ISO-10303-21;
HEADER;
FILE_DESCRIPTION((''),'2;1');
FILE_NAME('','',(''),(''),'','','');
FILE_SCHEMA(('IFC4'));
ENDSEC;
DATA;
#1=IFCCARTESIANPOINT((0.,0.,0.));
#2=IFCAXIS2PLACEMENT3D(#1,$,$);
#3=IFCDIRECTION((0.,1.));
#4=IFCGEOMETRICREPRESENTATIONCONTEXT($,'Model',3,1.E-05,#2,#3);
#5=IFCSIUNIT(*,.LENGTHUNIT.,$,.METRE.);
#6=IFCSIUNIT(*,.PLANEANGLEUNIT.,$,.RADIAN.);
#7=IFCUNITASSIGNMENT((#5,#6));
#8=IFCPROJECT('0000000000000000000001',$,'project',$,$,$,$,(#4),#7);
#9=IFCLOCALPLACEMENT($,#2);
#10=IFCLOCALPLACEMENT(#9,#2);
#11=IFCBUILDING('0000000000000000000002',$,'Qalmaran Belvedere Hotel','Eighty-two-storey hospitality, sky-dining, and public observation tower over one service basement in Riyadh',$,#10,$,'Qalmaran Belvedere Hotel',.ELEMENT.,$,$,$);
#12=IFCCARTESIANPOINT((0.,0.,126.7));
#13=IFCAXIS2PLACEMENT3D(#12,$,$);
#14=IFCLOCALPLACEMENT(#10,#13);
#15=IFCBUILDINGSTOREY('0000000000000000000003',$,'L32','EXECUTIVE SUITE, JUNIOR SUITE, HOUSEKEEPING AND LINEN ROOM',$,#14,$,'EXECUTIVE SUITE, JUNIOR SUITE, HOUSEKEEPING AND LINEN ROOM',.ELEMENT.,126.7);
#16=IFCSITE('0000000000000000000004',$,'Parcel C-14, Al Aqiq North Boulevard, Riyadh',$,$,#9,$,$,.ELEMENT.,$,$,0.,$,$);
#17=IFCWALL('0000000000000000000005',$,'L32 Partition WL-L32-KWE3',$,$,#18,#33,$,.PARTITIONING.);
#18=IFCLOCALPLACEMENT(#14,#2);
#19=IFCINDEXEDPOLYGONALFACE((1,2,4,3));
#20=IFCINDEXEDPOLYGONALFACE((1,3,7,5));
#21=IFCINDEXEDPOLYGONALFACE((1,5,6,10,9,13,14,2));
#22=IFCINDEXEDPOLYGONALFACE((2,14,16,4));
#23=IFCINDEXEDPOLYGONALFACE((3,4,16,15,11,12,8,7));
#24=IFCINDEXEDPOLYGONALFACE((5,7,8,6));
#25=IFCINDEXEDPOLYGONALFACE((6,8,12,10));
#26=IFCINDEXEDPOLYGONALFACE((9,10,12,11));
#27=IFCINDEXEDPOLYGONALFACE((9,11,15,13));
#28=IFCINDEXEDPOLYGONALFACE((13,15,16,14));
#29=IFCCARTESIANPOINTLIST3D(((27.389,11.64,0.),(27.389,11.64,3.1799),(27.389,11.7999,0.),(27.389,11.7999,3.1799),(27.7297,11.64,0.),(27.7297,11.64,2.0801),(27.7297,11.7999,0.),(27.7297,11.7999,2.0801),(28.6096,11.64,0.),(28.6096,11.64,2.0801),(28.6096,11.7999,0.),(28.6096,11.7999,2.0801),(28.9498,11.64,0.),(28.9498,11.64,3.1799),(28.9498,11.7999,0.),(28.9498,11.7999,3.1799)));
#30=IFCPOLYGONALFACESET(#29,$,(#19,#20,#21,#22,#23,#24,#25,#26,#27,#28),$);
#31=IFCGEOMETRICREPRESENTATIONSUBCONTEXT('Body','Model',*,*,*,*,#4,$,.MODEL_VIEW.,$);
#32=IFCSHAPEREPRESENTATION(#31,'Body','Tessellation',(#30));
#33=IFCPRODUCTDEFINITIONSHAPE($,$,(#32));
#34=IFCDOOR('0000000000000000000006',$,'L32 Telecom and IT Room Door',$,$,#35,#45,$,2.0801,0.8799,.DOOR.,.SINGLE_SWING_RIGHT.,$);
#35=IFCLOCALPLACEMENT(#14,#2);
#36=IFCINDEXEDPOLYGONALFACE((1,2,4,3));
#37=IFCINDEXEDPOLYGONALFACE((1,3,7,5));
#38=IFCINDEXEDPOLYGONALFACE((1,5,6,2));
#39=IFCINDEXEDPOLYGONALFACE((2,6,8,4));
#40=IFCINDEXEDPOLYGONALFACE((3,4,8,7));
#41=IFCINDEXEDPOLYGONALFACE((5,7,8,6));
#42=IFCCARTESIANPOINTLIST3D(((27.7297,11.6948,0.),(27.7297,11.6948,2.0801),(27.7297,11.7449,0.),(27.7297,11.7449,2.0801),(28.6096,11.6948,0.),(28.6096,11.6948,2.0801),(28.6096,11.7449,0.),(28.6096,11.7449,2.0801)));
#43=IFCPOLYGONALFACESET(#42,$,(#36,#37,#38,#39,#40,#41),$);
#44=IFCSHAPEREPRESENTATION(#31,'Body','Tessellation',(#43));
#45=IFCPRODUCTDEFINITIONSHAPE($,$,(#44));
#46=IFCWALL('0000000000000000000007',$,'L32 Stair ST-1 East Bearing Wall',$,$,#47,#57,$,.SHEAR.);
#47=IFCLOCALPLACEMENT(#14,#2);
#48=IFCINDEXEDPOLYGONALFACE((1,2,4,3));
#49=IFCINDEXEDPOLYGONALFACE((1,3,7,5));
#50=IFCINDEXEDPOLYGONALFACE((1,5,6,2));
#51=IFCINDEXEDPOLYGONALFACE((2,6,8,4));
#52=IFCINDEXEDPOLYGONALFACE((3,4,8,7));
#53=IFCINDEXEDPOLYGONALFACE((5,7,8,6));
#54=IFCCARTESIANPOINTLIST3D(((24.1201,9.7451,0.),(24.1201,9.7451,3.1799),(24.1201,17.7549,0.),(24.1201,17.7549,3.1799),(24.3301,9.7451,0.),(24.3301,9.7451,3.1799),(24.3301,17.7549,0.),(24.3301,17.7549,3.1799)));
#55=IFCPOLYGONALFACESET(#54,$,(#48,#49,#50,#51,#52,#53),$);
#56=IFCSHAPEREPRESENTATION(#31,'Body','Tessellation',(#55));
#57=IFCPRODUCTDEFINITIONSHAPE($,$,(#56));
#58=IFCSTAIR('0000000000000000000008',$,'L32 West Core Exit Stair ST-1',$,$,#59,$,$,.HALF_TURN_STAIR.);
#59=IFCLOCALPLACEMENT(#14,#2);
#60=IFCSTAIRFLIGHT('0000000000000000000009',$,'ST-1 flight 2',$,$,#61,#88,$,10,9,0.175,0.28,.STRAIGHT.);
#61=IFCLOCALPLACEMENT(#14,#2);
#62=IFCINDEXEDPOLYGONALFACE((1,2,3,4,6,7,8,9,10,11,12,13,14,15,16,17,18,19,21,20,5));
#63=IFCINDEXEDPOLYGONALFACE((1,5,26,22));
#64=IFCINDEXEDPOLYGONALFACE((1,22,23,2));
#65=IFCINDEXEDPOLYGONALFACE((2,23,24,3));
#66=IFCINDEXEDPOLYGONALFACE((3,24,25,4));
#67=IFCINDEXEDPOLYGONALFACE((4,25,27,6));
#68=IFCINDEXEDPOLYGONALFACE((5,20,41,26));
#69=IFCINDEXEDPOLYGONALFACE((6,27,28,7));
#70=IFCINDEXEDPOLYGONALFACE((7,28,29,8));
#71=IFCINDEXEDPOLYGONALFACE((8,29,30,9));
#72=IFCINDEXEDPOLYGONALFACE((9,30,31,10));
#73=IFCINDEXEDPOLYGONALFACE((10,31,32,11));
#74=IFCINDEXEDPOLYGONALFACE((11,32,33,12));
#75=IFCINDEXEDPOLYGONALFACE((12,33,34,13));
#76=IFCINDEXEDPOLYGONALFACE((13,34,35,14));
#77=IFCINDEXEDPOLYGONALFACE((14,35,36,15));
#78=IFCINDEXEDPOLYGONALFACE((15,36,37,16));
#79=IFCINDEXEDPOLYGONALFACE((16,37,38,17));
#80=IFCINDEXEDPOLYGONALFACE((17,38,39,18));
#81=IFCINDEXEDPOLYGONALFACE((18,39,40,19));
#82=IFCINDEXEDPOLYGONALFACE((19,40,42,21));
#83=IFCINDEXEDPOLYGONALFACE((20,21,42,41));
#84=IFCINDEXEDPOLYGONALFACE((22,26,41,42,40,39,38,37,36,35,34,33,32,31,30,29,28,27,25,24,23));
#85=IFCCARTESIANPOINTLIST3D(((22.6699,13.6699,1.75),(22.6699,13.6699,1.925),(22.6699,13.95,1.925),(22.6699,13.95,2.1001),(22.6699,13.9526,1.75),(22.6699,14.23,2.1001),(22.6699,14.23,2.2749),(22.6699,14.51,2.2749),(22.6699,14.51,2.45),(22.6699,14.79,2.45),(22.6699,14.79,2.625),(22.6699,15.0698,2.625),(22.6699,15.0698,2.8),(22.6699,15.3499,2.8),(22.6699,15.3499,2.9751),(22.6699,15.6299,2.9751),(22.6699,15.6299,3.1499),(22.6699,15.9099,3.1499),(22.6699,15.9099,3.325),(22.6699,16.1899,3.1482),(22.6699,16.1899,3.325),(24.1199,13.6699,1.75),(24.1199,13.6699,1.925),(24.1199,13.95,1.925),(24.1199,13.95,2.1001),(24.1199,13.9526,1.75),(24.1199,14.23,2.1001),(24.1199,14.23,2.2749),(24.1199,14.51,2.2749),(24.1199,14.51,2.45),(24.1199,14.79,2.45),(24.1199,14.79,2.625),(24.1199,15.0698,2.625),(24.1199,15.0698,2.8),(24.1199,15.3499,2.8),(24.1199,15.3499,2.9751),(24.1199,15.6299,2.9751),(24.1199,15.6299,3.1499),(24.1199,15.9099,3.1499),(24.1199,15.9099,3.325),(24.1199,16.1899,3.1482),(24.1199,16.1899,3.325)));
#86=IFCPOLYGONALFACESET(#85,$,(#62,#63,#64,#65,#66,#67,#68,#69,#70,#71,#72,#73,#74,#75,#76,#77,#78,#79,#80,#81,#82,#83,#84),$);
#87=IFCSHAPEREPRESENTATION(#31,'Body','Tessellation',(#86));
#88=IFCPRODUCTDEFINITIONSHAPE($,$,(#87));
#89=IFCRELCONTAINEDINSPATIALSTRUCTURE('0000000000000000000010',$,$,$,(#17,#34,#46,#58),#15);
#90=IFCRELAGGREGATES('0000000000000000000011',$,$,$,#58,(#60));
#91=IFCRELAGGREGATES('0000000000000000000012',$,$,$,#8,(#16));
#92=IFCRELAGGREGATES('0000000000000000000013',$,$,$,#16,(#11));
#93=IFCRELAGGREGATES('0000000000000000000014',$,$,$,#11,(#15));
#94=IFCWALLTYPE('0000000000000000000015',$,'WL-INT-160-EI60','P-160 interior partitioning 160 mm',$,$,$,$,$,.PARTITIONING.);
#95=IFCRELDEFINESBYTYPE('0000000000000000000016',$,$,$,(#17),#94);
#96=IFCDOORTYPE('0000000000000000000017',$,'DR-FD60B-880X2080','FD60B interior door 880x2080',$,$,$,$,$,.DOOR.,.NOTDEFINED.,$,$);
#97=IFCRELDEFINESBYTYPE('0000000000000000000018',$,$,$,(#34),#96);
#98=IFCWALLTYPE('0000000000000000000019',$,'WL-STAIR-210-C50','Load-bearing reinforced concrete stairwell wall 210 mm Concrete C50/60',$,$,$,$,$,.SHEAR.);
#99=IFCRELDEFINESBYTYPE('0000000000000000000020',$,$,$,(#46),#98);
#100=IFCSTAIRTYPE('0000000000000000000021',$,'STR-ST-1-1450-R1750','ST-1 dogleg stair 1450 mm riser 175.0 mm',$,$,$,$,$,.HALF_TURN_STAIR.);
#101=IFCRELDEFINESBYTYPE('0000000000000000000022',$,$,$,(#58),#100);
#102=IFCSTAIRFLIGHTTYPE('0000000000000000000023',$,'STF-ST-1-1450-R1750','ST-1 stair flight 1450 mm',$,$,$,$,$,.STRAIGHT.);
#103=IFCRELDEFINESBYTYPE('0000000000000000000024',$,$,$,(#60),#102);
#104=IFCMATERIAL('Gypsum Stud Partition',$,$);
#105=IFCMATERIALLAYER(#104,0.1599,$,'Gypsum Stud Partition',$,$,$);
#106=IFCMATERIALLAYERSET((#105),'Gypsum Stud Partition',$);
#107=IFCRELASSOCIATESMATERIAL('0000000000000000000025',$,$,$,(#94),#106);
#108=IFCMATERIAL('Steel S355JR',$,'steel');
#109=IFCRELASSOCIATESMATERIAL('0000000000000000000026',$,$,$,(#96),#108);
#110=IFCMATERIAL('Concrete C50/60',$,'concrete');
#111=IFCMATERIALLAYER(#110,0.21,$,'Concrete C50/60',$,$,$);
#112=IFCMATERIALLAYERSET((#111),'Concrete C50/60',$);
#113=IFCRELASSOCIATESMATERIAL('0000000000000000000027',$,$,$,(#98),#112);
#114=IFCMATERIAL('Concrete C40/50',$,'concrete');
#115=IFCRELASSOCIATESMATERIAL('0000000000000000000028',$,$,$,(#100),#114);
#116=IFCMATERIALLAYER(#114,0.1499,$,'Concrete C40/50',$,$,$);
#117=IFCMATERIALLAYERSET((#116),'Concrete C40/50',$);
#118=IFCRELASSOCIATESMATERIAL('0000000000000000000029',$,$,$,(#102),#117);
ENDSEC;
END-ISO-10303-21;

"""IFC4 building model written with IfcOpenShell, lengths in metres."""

from ifc_helpers import new_model, si_unit, direction, frame, frame_2d, origin, place, context, subcontext, project, spatial, polyline, rectangle, outline, extrude, material, layer, layer_set, type_object, element, fill, aggregate, save


model = new_model("IFC4")

# Units and contexts
model_context = context("Model", 3, precision=1e-05, world=origin(), true_north=direction((0.0, 1.0)))
body_context = subcontext(model_context, "Body", "Model", "MODEL_VIEW")
ifc_project = project(units=[si_unit("LENGTHUNIT", "METRE"), si_unit("PLANEANGLEUNIT", "RADIAN")], contexts=[model_context])

# Site, building, storey
site_placement = place(None, origin())
site = spatial("IfcSite", under=ifc_project, at=site_placement, Name="Parcel C-14, Al Aqiq North Boulevard, Riyadh", CompositionType="ELEMENT", RefElevation=0.0)
building_placement = place(site_placement, origin())
building = spatial("IfcBuilding", under=site, at=building_placement, Name="Qalmaran Belvedere Hotel", Description="Eighty-two-storey hospitality, sky-dining, and public observation tower over one service basement in Riyadh", LongName="Qalmaran Belvedere Hotel", CompositionType="ELEMENT")
storey_placement = place(building_placement, frame((0.0, 0.0, 126.7)))
storey = spatial("IfcBuildingStorey", under=building, at=storey_placement, Name="L32", Description="EXECUTIVE SUITE, JUNIOR SUITE, HOUSEKEEPING AND LINEN ROOM", LongName="EXECUTIVE SUITE, JUNIOR SUITE, HOUSEKEEPING AND LINEN ROOM", CompositionType="ELEMENT", Elevation=126.7)

# Shared definitions
ifc_material_1 = material(Name="Steel S355JR", Category="steel")

# Shared definitions
ifc_material_2 = material(Name="Gypsum Stud Partition")

# Wall, opening, door
ifc_layer_1 = layer(ifc_material_2, 0.1599, Name="Gypsum Stud Partition")
ifc_layer_set_1 = layer_set([ifc_layer_1], Name="Gypsum Stud Partition")
wall_type_1 = type_object("IfcWallType", Name="WL-INT-160-EI60", Description="P-160 interior partitioning 160 mm", PredefinedType="PARTITIONING", material=ifc_layer_set_1)
door_type_1 = type_object("IfcDoorType", Name="DR-FD60B-880X2080", Description="FD60B interior door 880x2080", OperationType="NOTDEFINED", PredefinedType="DOOR", material=ifc_material_1)
wall_1_placement = place(storey_placement, frame((27.3892, 11.72, 0.0), z_axis=(0.0, 0.0, 1.0), x_axis=(1.0, 0.0, 0.0)))
wall_1 = element("IfcWall", 1, at=wall_1_placement, inside=storey, type_object=wall_type_1, Name="L32 Partition WL-L32-KWE3", PredefinedType="PARTITIONING", context=body_context, shape_type="SweptSolid", body=[
    extrude(rectangle(XDim=1.5608, YDim=0.1599, at=frame_2d((0.7803, 0.0))), origin(), (0.0, 0.0, 1.0), 3.1799),
])
opening_1_placement = place(wall_1_placement, frame((0.3406, 0.0, 0.0)))
opening_1 = element("IfcOpeningElement", 2, at=opening_1_placement, cuts=wall_1, PredefinedType="OPENING", context=body_context, shape_type="SweptSolid", body=[
    extrude(rectangle(XDim=0.8799, YDim=2.0801, at=frame_2d((0.4399, 1.04))), frame((0.0, 0.0898, 0.0), z_axis=(0.0, -1.0, 0.0), x_axis=(1.0, 0.0, 0.0)), (0.0, 0.0, 1.0), 0.1799),
])
door_1_placement = place(opening_1_placement, origin())
door_1 = element("IfcDoor", 3, at=door_1_placement, inside=storey, type_object=door_type_1, Name="L32 Telecom and IT Room Door", OperationType="SINGLE_SWING_RIGHT", OverallHeight=2.0801, OverallWidth=0.8799, PredefinedType="DOOR", context=body_context, shape_type="SweptSolid", body=[
    extrude(rectangle(XDim=0.8799, YDim=2.0801, at=frame_2d((0.4399, 1.04))), frame((0.0, 0.0249, 0.0), z_axis=(0.0, -1.0, 0.0), x_axis=(1.0, 0.0, 0.0)), (0.0, 0.0, 1.0), 0.05),
])
fill(opening_1, door_1)

# Wall
ifc_material_3 = material(Name="Concrete C50/60", Category="concrete")
ifc_layer_2 = layer(ifc_material_3, 0.21, Name="Concrete C50/60")
ifc_layer_set_2 = layer_set([ifc_layer_2], Name="Concrete C50/60")
wall_type_2 = type_object("IfcWallType", Name="WL-STAIR-210-C50", Description="Load-bearing reinforced concrete stairwell wall 210 mm Concrete C50/60", PredefinedType="SHEAR", material=ifc_layer_set_2)
wall_2_placement = place(storey_placement, frame((24.2251, 9.7451, 0.0), z_axis=(0.0, 0.0, 1.0), x_axis=(0.0, 1.0, 0.0)))
element("IfcWall", 4, at=wall_2_placement, inside=storey, type_object=wall_type_2, Name="L32 Stair ST-1 East Bearing Wall", PredefinedType="SHEAR", context=body_context, shape_type="SweptSolid", body=[
    extrude(rectangle(XDim=8.0098, YDim=0.21, at=frame_2d((4.0049, 0.0))), origin(), (0.0, 0.0, 1.0), 3.1799),
])

# Stair, stair flight
ifc_material_4 = material(Name="Concrete C40/50", Category="concrete")
stair_type = type_object("IfcStairType", Name="STR-ST-1-1450-R1750", Description="ST-1 dogleg stair 1450 mm riser 175.0 mm", PredefinedType="HALF_TURN_STAIR", material=ifc_material_4)
stair_placement = place(storey_placement, origin())
stair = element("IfcStair", 5, at=stair_placement, inside=storey, type_object=stair_type, Name="L32 West Core Exit Stair ST-1", PredefinedType="HALF_TURN_STAIR")
ifc_layer_3 = layer(ifc_material_4, 0.1499, Name="Concrete C40/50")
ifc_layer_set_3 = layer_set([ifc_layer_3], Name="Concrete C40/50")
stair_flight_type = type_object("IfcStairFlightType", Name="STF-ST-1-1450-R1750", Description="ST-1 stair flight 1450 mm", PredefinedType="STRAIGHT", material=ifc_layer_set_3)
stair_flight_placement = place(storey_placement, frame((23.395, 13.6699, 1.75), z_axis=(0.0, 0.0, 1.0), x_axis=(0.0, 1.0, 0.0)))
stair_flight = element("IfcStairFlight", 6, at=stair_flight_placement, type_object=stair_flight_type, Name="ST-1 flight 2", NumberOfRisers=10, NumberOfTreads=9, PredefinedType="STRAIGHT", RiserHeight=0.175, TreadLength=0.28, context=body_context, shape_type="SweptSolid", body=[
    extrude(outline(polyline([(0.0, 0.0), (0.0, 0.175), (0.28, 0.175), (0.28, 0.3501), (0.5601, 0.3501), (0.5601, 0.5249), (0.8401, 0.5249), (0.8401, 0.7), (1.1201, 0.7), (1.1201, 0.875), (1.3999, 0.875), (1.3999, 1.05), (1.6799, 1.05), (1.6799, 1.2251), (1.96, 1.2251), (1.96, 1.3999), (2.24, 1.3999), (2.24, 1.575), (2.52, 1.575), (2.52, 1.75), (2.52, 1.3982), (0.2827, 0.0), (0.0, 0.0)])), frame((0.0, 0.7251, 0.0), z_axis=(0.0, -1.0, 0.0), x_axis=(1.0, 0.0, 0.0)), (0.0, 0.0, 1.0), 1.45),
])
aggregate(stair, [stair_flight])

save(model, "model.ifc")
